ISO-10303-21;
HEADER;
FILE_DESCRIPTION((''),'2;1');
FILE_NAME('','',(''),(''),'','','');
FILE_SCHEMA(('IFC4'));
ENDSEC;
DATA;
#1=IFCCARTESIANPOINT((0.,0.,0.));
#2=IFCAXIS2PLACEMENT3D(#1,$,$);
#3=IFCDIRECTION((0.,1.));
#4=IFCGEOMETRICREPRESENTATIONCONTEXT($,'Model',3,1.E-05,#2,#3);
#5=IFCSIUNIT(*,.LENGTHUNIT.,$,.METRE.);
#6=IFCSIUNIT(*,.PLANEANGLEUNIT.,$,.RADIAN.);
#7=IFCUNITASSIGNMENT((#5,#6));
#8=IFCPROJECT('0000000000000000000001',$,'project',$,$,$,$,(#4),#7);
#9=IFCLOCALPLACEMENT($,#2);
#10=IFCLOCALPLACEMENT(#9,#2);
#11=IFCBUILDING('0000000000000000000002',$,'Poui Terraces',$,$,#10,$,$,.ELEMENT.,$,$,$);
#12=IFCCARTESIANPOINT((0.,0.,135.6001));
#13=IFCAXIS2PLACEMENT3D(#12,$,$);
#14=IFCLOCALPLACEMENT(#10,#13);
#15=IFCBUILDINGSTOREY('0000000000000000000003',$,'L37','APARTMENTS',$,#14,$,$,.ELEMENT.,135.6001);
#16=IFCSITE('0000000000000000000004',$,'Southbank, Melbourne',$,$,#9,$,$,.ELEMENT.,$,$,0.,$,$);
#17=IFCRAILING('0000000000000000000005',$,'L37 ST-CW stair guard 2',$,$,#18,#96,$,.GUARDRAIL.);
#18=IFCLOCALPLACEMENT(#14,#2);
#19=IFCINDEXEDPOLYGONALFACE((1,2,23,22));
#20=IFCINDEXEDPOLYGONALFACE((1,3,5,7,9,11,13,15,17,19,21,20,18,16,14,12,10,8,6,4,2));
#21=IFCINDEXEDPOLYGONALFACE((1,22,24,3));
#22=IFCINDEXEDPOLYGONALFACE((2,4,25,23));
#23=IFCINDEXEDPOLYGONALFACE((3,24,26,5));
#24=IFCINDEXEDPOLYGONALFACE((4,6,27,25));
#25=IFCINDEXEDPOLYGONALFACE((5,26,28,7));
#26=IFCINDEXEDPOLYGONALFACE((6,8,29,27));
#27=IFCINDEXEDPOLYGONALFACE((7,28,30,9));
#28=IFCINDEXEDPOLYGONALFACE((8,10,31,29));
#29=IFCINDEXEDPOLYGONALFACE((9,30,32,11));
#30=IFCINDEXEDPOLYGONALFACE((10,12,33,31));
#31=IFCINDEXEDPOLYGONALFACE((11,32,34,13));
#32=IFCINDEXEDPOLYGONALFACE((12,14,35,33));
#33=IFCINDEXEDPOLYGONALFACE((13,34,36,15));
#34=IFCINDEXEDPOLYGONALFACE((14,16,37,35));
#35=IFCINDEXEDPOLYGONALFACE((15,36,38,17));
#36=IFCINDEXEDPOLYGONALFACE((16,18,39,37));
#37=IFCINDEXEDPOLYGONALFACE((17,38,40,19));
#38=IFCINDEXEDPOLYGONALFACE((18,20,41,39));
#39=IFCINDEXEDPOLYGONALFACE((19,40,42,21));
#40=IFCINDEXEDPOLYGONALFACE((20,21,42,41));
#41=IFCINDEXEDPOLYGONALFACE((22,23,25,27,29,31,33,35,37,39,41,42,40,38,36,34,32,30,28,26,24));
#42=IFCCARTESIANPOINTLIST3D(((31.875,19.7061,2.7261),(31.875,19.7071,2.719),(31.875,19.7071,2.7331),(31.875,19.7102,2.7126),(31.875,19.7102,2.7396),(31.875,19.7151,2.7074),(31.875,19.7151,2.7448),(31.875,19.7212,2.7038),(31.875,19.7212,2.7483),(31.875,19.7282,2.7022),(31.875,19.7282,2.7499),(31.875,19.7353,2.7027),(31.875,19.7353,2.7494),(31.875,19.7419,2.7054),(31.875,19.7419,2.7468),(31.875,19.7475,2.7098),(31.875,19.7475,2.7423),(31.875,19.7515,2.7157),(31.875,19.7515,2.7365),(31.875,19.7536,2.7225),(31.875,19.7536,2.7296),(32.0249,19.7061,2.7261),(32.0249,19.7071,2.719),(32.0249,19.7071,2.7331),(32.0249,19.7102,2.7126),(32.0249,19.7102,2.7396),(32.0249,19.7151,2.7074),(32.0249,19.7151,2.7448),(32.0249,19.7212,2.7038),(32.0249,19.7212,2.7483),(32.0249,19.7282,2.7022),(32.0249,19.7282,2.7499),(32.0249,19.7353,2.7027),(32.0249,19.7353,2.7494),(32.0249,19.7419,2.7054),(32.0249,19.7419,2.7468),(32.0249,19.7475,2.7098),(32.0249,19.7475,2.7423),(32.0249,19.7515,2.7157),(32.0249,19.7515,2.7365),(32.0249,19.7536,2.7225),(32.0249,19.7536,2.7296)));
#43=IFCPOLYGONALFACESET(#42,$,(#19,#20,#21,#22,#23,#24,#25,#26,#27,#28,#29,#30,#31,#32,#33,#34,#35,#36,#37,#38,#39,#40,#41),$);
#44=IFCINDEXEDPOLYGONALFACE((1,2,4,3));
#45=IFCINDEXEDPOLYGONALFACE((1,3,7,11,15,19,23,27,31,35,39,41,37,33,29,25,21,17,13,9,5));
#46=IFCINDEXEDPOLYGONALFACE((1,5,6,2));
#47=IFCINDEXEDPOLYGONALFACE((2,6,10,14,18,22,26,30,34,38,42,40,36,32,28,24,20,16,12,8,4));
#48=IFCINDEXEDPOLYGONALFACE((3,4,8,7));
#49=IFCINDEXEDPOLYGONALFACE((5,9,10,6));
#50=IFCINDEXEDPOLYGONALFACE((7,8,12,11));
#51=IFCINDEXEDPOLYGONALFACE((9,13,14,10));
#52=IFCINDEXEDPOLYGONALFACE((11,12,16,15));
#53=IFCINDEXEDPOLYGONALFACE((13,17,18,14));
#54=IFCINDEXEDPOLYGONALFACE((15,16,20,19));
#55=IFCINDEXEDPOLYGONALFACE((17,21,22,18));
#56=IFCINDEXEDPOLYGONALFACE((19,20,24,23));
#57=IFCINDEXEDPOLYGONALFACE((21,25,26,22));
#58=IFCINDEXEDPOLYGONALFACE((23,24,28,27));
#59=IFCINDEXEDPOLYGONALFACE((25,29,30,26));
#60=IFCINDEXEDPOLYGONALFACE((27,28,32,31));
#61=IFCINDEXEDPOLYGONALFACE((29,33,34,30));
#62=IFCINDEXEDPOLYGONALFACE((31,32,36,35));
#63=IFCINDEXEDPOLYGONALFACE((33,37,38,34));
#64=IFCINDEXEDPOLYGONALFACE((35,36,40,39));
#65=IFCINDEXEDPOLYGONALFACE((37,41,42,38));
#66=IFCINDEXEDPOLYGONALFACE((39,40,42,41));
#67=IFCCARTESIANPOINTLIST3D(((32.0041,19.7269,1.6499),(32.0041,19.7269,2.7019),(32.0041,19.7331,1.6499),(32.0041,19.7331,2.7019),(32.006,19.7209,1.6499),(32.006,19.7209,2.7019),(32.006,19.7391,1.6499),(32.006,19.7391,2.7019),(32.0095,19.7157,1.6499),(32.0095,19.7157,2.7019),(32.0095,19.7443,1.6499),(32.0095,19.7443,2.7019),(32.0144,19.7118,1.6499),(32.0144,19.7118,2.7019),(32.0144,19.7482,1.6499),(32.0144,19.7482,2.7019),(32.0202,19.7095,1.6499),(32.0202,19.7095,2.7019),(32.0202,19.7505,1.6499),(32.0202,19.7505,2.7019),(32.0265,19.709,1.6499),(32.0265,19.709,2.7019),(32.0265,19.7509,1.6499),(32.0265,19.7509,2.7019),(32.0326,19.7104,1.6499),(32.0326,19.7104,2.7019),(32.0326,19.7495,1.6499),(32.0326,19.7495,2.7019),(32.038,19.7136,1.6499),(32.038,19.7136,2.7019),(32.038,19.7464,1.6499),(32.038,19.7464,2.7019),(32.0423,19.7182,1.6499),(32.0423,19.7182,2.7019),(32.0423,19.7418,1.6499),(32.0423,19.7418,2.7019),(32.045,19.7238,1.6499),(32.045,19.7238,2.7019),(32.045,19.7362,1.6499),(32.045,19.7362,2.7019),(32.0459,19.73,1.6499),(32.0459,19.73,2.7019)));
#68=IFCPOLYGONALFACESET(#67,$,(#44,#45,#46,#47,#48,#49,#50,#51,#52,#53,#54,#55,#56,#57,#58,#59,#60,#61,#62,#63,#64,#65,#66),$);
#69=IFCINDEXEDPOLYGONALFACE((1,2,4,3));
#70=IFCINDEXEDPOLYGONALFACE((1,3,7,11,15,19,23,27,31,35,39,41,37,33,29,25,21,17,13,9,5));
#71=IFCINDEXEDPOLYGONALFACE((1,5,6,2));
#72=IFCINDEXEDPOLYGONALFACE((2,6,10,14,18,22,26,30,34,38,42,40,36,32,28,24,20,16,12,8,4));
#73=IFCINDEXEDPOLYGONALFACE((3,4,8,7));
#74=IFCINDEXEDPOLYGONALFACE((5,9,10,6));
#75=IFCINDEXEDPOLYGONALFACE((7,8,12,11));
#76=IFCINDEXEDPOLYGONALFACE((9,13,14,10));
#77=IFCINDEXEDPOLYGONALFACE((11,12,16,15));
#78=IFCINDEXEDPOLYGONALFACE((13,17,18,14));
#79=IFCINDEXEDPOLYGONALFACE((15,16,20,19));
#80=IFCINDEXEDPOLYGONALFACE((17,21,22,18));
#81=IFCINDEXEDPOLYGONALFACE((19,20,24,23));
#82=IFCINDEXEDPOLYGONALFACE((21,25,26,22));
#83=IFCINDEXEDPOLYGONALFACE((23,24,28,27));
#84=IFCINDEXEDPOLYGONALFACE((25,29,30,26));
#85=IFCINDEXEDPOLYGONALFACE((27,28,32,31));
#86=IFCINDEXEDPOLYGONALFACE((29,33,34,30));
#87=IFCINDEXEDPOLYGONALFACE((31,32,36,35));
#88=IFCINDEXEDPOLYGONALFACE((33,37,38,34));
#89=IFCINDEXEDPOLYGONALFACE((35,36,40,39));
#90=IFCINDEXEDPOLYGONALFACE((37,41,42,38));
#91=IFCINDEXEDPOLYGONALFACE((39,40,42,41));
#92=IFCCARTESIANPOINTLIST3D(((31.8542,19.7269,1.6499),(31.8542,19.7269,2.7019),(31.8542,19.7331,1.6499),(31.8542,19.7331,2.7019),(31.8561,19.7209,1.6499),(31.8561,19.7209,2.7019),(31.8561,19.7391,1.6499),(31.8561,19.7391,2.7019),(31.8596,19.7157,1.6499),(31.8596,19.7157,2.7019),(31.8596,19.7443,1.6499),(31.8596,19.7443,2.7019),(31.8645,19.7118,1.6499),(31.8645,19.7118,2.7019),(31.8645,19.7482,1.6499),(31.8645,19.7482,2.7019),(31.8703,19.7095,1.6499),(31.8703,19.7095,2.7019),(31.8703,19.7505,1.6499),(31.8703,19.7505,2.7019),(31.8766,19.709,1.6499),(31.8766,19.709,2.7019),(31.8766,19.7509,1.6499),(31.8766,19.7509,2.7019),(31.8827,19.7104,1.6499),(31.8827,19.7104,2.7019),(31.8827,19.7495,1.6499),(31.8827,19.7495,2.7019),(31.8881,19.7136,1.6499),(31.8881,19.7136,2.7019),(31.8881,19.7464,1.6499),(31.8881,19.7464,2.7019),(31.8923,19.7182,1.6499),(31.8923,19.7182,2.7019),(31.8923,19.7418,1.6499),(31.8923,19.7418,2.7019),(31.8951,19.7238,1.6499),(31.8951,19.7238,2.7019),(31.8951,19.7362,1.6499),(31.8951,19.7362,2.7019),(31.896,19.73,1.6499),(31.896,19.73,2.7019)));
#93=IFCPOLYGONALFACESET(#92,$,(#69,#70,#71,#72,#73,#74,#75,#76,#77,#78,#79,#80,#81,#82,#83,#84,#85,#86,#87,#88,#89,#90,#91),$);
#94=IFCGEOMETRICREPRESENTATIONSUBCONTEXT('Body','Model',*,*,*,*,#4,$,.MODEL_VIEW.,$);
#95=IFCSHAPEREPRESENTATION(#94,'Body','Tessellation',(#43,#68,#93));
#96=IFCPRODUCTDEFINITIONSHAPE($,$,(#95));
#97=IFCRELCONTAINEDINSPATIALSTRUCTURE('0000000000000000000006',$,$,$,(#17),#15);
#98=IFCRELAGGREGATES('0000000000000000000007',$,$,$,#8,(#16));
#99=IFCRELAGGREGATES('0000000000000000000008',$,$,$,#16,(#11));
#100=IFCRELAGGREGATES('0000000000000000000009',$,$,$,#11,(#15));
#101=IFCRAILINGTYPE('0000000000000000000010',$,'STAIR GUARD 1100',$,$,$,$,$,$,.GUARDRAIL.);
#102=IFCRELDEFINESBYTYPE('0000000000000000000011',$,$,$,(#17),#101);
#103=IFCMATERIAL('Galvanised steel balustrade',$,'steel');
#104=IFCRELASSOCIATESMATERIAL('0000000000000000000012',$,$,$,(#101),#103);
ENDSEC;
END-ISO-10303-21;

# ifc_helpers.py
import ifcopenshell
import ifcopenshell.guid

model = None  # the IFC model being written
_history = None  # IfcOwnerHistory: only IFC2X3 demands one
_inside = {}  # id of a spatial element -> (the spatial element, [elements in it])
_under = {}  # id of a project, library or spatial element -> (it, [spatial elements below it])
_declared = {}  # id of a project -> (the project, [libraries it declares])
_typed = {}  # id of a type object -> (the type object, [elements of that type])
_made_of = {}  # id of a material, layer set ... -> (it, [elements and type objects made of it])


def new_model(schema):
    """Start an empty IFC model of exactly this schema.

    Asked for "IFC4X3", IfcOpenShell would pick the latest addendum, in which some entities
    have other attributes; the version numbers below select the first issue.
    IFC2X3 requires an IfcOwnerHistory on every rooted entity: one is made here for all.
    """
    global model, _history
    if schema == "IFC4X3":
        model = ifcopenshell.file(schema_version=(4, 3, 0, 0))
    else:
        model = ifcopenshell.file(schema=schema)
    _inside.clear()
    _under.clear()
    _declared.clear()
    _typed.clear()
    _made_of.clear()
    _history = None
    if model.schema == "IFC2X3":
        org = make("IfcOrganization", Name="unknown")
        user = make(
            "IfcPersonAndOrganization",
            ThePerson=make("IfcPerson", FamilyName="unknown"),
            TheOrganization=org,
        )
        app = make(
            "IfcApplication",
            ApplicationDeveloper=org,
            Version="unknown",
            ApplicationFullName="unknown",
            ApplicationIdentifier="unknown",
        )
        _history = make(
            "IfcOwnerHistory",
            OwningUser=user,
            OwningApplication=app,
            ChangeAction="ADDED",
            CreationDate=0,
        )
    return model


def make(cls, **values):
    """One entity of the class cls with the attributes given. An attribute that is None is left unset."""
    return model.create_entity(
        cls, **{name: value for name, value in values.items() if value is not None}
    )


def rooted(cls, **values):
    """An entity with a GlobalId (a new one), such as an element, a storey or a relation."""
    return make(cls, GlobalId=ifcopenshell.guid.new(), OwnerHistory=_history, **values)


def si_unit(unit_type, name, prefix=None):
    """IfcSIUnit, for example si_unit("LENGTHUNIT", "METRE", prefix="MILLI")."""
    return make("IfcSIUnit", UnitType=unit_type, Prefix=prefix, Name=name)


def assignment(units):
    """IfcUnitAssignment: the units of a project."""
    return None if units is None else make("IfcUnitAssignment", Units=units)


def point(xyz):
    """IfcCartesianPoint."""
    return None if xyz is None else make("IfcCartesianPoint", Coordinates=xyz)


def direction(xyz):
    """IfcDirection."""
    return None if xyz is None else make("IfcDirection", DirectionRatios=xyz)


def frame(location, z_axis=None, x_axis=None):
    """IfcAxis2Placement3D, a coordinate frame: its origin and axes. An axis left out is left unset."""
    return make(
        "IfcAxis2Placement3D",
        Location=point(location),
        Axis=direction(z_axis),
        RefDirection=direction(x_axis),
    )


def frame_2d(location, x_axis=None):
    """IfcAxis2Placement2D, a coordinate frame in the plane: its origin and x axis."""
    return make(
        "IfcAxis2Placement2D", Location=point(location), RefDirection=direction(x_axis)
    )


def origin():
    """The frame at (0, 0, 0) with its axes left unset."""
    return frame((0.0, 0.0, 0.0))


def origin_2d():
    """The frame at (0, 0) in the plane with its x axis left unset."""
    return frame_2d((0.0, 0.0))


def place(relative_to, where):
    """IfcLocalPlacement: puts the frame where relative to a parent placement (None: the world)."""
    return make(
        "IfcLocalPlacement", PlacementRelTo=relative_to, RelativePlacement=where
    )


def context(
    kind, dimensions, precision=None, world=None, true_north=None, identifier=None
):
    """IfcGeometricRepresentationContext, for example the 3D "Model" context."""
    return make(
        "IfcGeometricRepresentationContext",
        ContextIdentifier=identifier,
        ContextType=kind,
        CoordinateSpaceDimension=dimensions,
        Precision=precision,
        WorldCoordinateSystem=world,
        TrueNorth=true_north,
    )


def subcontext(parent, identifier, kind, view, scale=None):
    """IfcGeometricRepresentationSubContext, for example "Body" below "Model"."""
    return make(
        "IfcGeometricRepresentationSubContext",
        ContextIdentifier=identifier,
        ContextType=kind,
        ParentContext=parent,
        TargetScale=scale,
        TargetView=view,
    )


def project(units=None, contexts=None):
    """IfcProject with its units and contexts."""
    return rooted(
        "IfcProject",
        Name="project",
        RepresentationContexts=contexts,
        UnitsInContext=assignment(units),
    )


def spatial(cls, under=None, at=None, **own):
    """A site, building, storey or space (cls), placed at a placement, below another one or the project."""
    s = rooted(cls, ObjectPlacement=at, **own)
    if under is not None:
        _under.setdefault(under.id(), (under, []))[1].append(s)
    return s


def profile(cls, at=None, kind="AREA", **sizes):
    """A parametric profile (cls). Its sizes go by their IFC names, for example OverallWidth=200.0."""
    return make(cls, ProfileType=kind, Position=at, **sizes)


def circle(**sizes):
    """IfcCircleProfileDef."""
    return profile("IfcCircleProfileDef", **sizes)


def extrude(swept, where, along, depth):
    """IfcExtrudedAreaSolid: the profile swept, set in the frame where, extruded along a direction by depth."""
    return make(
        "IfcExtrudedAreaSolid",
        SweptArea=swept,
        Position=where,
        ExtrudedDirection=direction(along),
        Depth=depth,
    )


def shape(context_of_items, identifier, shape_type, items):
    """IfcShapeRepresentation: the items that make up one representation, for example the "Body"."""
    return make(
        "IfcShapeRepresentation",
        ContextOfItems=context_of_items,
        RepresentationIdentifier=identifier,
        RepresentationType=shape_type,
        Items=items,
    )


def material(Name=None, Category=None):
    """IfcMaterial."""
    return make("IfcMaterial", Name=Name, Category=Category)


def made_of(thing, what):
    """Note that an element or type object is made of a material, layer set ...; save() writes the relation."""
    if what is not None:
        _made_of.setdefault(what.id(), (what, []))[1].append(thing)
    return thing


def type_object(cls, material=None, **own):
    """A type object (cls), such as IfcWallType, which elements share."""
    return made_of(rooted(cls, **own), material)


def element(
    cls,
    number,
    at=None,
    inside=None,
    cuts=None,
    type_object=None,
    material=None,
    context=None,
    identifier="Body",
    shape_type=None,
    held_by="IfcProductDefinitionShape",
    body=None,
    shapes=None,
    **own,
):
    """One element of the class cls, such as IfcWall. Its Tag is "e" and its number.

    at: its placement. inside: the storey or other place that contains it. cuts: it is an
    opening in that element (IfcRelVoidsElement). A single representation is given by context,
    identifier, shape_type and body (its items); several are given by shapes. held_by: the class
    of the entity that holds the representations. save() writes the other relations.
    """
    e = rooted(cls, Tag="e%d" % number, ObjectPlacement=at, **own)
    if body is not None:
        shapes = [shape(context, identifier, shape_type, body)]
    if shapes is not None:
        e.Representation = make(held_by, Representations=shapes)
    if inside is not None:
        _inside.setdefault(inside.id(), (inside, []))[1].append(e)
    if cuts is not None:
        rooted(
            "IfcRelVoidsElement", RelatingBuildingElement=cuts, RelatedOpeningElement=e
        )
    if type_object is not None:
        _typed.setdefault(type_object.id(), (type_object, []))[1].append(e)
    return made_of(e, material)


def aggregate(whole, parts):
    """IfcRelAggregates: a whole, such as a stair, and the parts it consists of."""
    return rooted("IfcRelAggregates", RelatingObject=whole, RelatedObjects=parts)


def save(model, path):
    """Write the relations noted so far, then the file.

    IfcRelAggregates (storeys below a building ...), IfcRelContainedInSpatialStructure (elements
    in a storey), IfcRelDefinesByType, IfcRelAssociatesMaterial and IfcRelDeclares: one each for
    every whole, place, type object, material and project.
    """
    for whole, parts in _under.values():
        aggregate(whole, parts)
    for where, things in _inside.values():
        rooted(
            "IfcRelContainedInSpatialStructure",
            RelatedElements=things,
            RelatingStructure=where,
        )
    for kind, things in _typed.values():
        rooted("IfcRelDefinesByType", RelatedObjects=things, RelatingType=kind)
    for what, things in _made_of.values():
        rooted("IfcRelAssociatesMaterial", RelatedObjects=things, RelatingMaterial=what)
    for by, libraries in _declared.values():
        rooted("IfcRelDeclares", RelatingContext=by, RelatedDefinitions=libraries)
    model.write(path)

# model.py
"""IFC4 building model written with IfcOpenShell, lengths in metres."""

from ifc_helpers import new_model, si_unit, direction, frame, origin, origin_2d, place, context, subcontext, project, spatial, circle, extrude, material, type_object, element, save


model = new_model("IFC4")

# Units and contexts
model_context = context("Model", 3, precision=1e-05, world=origin(), true_north=direction((0.0, 1.0)))
body_context = subcontext(model_context, "Body", "Model", "MODEL_VIEW")
ifc_project = project(units=[si_unit("LENGTHUNIT", "METRE"), si_unit("PLANEANGLEUNIT", "RADIAN")], contexts=[model_context])

# Site, building, storey
site_placement = place(None, origin())
site = spatial("IfcSite", under=ifc_project, at=site_placement, Name="Southbank, Melbourne", CompositionType="ELEMENT", RefElevation=0.0)
building_placement = place(site_placement, origin())
building = spatial("IfcBuilding", under=site, at=building_placement, Name="Poui Terraces", CompositionType="ELEMENT")
storey_placement = place(building_placement, frame((0.0, 0.0, 135.6001)))
storey = spatial("IfcBuildingStorey", under=building, at=storey_placement, Name="L37", Description="APARTMENTS", CompositionType="ELEMENT", Elevation=135.6001)

# Railing
ifc_material_1 = material(Name="Galvanised steel balustrade", Category="steel")
railing_type_1 = type_object("IfcRailingType", Name="STAIR GUARD 1100", PredefinedType="GUARDRAIL", material=ifc_material_1)
railing_1_placement = place(storey_placement, frame((32.0249, 19.73, 1.6499)))
element("IfcRailing", 1, at=railing_1_placement, inside=storey, type_object=railing_type_1, Name="L37 ST-CW stair guard 2", PredefinedType="GUARDRAIL", context=body_context, shape_type="SweptSolid", body=[
    extrude(circle(Radius=0.0239, at=origin_2d()), frame((0.0, 0.0, 1.0762), z_axis=(-1.0, 0.0, 0.0), x_axis=(0.0, -1.0, 0.0)), (0.0, 0.0, 1.0), 0.1499),
    extrude(circle(Radius=0.021, at=origin_2d()), origin(), (0.0, 0.0, 1.0), 1.052),
    extrude(circle(Radius=0.021, at=origin_2d()), frame((-0.1499, 0.0, 0.0)), (0.0, 0.0, 1.0), 1.052),
])

save(model, "model.ifc")
